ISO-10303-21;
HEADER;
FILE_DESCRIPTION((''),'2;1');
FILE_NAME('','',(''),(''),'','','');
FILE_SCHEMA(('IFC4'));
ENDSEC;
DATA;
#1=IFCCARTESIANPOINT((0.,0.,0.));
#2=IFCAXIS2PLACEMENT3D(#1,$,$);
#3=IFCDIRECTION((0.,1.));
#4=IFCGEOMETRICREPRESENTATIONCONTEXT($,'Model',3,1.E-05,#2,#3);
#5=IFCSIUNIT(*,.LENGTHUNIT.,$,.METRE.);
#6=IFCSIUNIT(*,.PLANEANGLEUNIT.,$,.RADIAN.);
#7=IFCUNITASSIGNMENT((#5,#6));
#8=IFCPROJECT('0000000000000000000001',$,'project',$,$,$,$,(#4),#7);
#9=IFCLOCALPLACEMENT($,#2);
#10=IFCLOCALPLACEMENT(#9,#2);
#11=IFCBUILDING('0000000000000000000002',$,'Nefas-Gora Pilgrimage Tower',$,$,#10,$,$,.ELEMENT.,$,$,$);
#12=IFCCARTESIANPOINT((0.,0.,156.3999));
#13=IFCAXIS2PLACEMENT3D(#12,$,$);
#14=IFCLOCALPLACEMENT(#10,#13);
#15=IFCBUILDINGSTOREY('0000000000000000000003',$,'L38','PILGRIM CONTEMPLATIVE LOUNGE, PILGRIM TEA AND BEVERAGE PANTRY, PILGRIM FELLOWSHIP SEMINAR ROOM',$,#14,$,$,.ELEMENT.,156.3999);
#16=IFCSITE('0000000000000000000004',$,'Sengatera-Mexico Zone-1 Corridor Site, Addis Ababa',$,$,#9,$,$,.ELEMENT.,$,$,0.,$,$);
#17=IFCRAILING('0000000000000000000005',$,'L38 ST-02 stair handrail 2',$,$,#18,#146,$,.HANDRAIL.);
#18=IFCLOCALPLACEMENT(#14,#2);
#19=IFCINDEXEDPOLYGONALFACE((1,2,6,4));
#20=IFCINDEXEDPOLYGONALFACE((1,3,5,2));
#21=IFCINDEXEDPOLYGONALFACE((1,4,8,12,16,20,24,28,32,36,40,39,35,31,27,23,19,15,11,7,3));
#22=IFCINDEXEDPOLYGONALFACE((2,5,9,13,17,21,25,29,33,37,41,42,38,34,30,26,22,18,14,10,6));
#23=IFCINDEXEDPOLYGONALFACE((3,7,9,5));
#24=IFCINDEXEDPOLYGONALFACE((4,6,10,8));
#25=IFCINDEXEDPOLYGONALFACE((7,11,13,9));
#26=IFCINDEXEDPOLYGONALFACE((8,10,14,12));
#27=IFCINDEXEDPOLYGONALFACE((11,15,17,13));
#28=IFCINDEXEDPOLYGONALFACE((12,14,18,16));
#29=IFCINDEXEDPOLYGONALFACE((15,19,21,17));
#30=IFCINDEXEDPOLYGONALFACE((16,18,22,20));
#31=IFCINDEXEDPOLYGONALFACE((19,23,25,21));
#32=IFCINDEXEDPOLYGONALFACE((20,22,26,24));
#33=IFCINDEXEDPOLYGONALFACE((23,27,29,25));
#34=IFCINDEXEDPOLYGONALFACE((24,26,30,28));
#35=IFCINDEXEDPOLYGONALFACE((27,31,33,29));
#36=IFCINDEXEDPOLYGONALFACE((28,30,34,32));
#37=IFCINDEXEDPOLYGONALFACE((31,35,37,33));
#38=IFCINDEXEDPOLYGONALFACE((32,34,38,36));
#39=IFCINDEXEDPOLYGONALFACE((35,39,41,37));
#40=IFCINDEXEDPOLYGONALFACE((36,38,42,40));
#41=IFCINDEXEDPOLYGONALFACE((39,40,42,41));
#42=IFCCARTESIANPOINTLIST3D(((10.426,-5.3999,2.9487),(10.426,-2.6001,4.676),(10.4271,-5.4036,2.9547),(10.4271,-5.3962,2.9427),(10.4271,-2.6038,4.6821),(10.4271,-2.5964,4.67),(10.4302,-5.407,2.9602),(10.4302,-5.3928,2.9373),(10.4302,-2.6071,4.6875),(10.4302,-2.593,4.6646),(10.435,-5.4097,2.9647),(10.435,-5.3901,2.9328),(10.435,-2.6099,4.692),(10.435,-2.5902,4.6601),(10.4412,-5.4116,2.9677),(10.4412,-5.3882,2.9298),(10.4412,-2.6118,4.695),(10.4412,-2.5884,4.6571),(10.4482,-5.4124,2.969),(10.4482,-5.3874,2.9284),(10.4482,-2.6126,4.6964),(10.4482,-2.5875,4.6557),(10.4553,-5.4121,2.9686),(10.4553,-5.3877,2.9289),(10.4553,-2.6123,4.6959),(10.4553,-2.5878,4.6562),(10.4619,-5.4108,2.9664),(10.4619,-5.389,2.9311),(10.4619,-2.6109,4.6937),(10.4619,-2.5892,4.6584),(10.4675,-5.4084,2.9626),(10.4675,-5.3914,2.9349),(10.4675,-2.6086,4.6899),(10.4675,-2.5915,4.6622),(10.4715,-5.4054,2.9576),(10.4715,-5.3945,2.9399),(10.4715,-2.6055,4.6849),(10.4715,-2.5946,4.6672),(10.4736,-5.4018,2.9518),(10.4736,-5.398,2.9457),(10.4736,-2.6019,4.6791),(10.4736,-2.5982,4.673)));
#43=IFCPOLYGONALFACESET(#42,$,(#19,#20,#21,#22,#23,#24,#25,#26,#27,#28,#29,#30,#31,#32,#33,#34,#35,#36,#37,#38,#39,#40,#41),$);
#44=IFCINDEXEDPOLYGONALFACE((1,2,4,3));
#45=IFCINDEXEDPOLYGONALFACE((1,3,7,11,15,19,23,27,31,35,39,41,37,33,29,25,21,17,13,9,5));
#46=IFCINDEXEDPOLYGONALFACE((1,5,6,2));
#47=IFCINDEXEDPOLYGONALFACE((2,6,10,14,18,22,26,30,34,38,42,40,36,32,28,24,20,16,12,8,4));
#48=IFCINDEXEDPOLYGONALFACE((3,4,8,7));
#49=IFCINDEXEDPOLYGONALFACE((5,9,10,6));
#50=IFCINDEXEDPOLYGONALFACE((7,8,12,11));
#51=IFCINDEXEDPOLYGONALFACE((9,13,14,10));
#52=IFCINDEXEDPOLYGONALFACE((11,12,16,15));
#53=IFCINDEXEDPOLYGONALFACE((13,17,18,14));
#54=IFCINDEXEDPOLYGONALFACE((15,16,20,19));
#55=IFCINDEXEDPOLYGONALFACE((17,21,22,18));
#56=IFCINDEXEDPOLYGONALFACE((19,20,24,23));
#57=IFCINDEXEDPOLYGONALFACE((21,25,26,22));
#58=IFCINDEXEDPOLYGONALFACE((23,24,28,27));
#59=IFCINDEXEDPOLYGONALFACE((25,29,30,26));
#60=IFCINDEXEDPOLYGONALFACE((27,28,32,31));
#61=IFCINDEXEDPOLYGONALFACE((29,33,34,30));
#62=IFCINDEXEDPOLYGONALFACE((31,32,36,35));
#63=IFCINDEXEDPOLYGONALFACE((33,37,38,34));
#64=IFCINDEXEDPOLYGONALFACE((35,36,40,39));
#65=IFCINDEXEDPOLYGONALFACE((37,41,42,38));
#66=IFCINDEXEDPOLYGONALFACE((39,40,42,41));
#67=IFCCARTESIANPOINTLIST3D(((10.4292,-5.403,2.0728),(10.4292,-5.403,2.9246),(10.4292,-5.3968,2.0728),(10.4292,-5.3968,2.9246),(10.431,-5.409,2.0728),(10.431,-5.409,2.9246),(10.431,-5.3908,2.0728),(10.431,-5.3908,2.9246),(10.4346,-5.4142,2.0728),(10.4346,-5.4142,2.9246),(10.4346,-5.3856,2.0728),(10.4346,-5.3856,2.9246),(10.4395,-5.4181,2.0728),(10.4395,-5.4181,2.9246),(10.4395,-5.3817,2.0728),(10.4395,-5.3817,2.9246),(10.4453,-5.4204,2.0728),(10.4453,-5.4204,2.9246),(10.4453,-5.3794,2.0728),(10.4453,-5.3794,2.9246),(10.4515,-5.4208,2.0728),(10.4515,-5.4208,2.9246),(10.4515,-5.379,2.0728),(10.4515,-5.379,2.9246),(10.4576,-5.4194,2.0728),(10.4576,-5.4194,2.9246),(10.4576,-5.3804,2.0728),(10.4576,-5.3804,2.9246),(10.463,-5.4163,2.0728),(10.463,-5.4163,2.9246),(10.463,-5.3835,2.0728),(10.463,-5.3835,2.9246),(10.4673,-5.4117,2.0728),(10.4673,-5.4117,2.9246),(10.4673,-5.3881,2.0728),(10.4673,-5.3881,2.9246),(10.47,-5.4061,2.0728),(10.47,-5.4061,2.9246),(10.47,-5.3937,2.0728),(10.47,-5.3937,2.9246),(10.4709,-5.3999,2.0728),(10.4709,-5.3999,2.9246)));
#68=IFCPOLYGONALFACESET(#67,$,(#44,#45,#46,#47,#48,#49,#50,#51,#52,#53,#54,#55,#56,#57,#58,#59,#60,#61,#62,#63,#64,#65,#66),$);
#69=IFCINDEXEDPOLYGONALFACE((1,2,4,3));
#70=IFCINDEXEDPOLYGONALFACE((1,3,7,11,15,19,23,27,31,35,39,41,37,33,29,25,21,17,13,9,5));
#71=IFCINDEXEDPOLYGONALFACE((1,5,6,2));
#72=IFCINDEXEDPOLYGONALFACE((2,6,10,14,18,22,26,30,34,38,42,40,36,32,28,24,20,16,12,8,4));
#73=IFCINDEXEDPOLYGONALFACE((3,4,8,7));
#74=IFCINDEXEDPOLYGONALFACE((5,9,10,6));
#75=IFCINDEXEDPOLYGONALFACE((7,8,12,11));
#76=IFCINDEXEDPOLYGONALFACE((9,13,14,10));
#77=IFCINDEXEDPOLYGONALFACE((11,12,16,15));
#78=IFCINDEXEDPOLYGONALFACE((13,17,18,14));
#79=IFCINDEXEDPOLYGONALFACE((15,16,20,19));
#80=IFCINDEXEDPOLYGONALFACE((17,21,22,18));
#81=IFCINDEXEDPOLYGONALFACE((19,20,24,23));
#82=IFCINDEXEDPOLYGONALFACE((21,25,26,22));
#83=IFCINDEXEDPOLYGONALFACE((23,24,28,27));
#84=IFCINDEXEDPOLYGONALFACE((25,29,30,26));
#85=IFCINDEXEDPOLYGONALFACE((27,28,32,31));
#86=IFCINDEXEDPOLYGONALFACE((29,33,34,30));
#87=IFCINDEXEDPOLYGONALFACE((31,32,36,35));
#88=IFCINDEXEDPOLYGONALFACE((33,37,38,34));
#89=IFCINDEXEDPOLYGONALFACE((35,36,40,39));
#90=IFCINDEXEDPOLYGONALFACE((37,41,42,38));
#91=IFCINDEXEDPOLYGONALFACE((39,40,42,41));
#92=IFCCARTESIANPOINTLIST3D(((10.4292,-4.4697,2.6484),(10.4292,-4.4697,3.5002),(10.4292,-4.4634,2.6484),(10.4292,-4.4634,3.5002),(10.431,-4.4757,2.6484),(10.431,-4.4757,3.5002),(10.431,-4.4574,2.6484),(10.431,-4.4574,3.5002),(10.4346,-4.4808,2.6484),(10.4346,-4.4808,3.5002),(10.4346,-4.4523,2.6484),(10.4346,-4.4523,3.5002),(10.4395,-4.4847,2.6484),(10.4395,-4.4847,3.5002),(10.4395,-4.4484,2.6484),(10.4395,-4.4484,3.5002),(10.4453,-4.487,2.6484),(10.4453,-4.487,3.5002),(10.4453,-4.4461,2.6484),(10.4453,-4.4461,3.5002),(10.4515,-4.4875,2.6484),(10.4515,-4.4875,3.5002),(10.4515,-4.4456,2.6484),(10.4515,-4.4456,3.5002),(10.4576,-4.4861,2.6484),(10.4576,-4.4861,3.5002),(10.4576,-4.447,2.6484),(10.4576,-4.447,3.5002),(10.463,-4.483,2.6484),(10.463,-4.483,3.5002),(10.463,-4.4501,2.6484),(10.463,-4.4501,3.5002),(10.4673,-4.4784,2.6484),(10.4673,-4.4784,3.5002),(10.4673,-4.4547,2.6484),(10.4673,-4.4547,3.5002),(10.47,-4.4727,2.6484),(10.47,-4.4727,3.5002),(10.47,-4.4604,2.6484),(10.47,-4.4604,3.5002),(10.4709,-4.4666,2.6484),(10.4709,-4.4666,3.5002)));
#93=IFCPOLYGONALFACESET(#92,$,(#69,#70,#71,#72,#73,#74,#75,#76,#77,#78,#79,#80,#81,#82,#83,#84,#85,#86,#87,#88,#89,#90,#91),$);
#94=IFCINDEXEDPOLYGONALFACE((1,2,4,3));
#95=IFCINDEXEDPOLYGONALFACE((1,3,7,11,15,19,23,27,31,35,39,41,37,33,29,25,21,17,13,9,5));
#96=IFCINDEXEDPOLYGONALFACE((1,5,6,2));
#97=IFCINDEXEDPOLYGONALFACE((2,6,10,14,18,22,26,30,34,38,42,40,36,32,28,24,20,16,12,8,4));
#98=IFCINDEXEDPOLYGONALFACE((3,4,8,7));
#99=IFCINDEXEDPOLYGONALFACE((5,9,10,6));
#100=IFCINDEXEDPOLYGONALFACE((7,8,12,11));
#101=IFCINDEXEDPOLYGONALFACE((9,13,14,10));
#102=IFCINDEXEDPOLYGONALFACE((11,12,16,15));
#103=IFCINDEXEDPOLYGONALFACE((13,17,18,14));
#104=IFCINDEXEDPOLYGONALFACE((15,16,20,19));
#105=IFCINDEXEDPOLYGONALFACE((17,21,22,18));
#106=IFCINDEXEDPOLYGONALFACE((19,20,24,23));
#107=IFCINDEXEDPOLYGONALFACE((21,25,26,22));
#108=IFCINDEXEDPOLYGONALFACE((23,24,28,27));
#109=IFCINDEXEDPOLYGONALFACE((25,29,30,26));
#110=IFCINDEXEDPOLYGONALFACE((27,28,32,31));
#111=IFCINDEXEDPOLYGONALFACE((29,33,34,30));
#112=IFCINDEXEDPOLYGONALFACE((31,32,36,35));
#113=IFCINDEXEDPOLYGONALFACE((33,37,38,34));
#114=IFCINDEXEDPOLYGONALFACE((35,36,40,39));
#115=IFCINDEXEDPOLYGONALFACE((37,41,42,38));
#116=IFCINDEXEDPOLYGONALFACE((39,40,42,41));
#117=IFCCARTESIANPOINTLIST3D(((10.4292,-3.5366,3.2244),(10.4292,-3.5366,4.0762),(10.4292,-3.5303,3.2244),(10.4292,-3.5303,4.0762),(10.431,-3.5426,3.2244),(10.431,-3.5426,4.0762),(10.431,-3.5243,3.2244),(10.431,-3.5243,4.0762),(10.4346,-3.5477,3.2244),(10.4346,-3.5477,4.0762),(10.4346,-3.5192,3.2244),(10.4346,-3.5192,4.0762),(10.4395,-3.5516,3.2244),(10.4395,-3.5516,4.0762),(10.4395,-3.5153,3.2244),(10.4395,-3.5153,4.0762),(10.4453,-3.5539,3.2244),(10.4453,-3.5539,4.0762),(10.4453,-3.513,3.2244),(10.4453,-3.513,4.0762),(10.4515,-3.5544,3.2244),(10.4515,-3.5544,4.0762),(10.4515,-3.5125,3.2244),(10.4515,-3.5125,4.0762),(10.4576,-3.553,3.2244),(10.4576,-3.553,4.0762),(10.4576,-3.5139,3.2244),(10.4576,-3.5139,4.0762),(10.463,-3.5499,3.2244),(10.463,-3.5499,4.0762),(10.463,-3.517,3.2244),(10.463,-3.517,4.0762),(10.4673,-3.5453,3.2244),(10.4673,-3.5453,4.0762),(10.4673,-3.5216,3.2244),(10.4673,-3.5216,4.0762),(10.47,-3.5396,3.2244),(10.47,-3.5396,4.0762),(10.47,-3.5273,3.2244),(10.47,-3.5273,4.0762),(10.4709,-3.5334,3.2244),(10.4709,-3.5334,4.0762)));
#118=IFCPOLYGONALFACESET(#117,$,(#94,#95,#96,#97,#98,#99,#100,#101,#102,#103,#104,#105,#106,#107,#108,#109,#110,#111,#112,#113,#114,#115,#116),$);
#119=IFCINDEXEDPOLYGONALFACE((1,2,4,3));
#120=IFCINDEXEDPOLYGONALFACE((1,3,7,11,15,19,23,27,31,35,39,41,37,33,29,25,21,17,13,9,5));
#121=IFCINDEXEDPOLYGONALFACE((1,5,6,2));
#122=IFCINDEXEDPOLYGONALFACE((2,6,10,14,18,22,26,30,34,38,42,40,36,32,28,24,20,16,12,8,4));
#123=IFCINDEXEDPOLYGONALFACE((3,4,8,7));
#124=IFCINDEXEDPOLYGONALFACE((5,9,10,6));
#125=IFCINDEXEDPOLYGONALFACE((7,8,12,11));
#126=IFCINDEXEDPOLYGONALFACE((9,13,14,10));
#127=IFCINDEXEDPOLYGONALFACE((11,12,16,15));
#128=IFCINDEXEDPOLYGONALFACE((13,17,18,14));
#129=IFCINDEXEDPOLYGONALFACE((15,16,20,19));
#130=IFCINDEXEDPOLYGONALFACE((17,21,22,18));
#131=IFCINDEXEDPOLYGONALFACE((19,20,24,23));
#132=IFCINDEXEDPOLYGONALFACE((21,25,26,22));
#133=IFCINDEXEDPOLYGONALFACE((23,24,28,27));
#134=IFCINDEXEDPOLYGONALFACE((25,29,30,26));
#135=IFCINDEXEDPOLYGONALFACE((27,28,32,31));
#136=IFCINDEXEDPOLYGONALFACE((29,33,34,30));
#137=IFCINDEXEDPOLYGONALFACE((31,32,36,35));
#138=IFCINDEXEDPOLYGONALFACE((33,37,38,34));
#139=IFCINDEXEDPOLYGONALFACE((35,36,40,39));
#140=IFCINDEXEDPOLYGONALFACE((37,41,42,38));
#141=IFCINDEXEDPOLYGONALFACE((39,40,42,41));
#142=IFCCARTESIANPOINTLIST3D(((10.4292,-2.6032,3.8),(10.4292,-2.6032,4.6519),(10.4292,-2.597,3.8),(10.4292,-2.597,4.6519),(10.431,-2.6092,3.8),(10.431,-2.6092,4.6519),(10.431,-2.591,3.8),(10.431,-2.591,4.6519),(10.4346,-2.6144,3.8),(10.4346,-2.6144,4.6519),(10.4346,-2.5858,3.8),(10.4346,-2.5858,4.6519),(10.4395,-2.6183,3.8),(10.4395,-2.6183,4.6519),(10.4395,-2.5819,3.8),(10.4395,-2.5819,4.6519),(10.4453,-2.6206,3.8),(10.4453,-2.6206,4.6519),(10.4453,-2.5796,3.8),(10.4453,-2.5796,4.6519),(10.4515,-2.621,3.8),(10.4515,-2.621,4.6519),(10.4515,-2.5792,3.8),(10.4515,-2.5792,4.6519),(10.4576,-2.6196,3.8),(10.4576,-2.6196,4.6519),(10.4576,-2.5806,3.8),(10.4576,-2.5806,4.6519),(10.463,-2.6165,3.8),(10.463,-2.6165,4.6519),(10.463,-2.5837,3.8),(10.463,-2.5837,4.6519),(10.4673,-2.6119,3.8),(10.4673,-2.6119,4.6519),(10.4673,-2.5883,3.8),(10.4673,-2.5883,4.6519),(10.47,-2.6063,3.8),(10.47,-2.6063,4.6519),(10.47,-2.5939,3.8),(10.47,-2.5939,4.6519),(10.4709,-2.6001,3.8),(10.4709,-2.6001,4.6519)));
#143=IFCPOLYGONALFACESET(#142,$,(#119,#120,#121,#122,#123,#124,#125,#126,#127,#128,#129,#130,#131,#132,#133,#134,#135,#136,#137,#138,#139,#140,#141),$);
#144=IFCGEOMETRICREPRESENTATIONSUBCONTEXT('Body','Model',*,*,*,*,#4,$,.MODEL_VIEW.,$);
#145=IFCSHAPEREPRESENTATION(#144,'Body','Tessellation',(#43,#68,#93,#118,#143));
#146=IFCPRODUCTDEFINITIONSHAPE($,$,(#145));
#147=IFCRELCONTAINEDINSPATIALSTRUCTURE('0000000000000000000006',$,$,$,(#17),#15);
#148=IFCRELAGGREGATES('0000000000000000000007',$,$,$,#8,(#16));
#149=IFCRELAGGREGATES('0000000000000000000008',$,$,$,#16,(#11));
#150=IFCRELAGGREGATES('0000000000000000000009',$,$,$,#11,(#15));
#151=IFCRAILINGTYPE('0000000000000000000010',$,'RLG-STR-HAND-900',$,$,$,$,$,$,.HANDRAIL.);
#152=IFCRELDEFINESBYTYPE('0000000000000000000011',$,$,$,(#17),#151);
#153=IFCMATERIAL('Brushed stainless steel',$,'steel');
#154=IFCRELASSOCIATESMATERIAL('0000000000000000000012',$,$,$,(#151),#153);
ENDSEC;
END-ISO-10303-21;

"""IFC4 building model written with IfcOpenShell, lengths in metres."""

from ifc_helpers import new_model, si_unit, direction, frame, origin, origin_2d, place, context, subcontext, project, spatial, circle, extrude, material, type_object, element, save


model = new_model("IFC4")

# Units and contexts
model_context = context("Model", 3, precision=1e-05, world=origin(), true_north=direction((0.0, 1.0)))
body_context = subcontext(model_context, "Body", "Model", "MODEL_VIEW")
ifc_project = project(units=[si_unit("LENGTHUNIT", "METRE"), si_unit("PLANEANGLEUNIT", "RADIAN")], contexts=[model_context])

# Site, building, storey
site_placement = place(None, origin())
site = spatial("IfcSite", under=ifc_project, at=site_placement, Name="Sengatera-Mexico Zone-1 Corridor Site, Addis Ababa", CompositionType="ELEMENT", RefElevation=0.0)
building_placement = place(site_placement, origin())
building = spatial("IfcBuilding", under=site, at=building_placement, Name="Nefas-Gora Pilgrimage Tower", CompositionType="ELEMENT")
storey_placement = place(building_placement, frame((0.0, 0.0, 156.3999)))
storey = spatial("IfcBuildingStorey", under=building, at=storey_placement, Name="L38", Description="PILGRIM CONTEMPLATIVE LOUNGE, PILGRIM TEA AND BEVERAGE PANTRY, PILGRIM FELLOWSHIP SEMINAR ROOM", CompositionType="ELEMENT", Elevation=156.3999)

# Railing
ifc_material_1 = material(Name="Brushed stainless steel", Category="steel")
railing_type_1 = type_object("IfcRailingType", Name="RLG-STR-HAND-900", PredefinedType="HANDRAIL", material=ifc_material_1)
railing_1_placement = place(storey_placement, frame((10.45, -5.3999, 2.0728)))
element("IfcRailing", 1, at=railing_1_placement, inside=storey, type_object=railing_type_1, Name="L38 ST-02 stair handrail 2", PredefinedType="HANDRAIL", context=body_context, shape_type="SweptSolid", body=[
    extrude(circle(Radius=0.0239, at=origin_2d()), frame((0.0, 0.0, 0.876), z_axis=(0.0, 0.851069, 0.525054), x_axis=(-1.0, 0.0, 0.0)), (0.0, 0.0, 1.0), 3.2898),
    extrude(circle(Radius=0.021, at=origin_2d()), origin(), (0.0, 0.0, 1.0), 0.8518),
    extrude(circle(Radius=0.021, at=origin_2d()), frame((0.0, 0.9333, 0.5757)), (0.0, 0.0, 1.0), 0.8518),
    extrude(circle(Radius=0.021, at=origin_2d()), frame((0.0, 1.8665, 1.1516)), (0.0, 0.0, 1.0), 0.8518),
    extrude(circle(Radius=0.021, at=origin_2d()), frame((0.0, 2.7998, 1.7273)), (0.0, 0.0, 1.0), 0.8518),
])

save(model, "model.ifc")
